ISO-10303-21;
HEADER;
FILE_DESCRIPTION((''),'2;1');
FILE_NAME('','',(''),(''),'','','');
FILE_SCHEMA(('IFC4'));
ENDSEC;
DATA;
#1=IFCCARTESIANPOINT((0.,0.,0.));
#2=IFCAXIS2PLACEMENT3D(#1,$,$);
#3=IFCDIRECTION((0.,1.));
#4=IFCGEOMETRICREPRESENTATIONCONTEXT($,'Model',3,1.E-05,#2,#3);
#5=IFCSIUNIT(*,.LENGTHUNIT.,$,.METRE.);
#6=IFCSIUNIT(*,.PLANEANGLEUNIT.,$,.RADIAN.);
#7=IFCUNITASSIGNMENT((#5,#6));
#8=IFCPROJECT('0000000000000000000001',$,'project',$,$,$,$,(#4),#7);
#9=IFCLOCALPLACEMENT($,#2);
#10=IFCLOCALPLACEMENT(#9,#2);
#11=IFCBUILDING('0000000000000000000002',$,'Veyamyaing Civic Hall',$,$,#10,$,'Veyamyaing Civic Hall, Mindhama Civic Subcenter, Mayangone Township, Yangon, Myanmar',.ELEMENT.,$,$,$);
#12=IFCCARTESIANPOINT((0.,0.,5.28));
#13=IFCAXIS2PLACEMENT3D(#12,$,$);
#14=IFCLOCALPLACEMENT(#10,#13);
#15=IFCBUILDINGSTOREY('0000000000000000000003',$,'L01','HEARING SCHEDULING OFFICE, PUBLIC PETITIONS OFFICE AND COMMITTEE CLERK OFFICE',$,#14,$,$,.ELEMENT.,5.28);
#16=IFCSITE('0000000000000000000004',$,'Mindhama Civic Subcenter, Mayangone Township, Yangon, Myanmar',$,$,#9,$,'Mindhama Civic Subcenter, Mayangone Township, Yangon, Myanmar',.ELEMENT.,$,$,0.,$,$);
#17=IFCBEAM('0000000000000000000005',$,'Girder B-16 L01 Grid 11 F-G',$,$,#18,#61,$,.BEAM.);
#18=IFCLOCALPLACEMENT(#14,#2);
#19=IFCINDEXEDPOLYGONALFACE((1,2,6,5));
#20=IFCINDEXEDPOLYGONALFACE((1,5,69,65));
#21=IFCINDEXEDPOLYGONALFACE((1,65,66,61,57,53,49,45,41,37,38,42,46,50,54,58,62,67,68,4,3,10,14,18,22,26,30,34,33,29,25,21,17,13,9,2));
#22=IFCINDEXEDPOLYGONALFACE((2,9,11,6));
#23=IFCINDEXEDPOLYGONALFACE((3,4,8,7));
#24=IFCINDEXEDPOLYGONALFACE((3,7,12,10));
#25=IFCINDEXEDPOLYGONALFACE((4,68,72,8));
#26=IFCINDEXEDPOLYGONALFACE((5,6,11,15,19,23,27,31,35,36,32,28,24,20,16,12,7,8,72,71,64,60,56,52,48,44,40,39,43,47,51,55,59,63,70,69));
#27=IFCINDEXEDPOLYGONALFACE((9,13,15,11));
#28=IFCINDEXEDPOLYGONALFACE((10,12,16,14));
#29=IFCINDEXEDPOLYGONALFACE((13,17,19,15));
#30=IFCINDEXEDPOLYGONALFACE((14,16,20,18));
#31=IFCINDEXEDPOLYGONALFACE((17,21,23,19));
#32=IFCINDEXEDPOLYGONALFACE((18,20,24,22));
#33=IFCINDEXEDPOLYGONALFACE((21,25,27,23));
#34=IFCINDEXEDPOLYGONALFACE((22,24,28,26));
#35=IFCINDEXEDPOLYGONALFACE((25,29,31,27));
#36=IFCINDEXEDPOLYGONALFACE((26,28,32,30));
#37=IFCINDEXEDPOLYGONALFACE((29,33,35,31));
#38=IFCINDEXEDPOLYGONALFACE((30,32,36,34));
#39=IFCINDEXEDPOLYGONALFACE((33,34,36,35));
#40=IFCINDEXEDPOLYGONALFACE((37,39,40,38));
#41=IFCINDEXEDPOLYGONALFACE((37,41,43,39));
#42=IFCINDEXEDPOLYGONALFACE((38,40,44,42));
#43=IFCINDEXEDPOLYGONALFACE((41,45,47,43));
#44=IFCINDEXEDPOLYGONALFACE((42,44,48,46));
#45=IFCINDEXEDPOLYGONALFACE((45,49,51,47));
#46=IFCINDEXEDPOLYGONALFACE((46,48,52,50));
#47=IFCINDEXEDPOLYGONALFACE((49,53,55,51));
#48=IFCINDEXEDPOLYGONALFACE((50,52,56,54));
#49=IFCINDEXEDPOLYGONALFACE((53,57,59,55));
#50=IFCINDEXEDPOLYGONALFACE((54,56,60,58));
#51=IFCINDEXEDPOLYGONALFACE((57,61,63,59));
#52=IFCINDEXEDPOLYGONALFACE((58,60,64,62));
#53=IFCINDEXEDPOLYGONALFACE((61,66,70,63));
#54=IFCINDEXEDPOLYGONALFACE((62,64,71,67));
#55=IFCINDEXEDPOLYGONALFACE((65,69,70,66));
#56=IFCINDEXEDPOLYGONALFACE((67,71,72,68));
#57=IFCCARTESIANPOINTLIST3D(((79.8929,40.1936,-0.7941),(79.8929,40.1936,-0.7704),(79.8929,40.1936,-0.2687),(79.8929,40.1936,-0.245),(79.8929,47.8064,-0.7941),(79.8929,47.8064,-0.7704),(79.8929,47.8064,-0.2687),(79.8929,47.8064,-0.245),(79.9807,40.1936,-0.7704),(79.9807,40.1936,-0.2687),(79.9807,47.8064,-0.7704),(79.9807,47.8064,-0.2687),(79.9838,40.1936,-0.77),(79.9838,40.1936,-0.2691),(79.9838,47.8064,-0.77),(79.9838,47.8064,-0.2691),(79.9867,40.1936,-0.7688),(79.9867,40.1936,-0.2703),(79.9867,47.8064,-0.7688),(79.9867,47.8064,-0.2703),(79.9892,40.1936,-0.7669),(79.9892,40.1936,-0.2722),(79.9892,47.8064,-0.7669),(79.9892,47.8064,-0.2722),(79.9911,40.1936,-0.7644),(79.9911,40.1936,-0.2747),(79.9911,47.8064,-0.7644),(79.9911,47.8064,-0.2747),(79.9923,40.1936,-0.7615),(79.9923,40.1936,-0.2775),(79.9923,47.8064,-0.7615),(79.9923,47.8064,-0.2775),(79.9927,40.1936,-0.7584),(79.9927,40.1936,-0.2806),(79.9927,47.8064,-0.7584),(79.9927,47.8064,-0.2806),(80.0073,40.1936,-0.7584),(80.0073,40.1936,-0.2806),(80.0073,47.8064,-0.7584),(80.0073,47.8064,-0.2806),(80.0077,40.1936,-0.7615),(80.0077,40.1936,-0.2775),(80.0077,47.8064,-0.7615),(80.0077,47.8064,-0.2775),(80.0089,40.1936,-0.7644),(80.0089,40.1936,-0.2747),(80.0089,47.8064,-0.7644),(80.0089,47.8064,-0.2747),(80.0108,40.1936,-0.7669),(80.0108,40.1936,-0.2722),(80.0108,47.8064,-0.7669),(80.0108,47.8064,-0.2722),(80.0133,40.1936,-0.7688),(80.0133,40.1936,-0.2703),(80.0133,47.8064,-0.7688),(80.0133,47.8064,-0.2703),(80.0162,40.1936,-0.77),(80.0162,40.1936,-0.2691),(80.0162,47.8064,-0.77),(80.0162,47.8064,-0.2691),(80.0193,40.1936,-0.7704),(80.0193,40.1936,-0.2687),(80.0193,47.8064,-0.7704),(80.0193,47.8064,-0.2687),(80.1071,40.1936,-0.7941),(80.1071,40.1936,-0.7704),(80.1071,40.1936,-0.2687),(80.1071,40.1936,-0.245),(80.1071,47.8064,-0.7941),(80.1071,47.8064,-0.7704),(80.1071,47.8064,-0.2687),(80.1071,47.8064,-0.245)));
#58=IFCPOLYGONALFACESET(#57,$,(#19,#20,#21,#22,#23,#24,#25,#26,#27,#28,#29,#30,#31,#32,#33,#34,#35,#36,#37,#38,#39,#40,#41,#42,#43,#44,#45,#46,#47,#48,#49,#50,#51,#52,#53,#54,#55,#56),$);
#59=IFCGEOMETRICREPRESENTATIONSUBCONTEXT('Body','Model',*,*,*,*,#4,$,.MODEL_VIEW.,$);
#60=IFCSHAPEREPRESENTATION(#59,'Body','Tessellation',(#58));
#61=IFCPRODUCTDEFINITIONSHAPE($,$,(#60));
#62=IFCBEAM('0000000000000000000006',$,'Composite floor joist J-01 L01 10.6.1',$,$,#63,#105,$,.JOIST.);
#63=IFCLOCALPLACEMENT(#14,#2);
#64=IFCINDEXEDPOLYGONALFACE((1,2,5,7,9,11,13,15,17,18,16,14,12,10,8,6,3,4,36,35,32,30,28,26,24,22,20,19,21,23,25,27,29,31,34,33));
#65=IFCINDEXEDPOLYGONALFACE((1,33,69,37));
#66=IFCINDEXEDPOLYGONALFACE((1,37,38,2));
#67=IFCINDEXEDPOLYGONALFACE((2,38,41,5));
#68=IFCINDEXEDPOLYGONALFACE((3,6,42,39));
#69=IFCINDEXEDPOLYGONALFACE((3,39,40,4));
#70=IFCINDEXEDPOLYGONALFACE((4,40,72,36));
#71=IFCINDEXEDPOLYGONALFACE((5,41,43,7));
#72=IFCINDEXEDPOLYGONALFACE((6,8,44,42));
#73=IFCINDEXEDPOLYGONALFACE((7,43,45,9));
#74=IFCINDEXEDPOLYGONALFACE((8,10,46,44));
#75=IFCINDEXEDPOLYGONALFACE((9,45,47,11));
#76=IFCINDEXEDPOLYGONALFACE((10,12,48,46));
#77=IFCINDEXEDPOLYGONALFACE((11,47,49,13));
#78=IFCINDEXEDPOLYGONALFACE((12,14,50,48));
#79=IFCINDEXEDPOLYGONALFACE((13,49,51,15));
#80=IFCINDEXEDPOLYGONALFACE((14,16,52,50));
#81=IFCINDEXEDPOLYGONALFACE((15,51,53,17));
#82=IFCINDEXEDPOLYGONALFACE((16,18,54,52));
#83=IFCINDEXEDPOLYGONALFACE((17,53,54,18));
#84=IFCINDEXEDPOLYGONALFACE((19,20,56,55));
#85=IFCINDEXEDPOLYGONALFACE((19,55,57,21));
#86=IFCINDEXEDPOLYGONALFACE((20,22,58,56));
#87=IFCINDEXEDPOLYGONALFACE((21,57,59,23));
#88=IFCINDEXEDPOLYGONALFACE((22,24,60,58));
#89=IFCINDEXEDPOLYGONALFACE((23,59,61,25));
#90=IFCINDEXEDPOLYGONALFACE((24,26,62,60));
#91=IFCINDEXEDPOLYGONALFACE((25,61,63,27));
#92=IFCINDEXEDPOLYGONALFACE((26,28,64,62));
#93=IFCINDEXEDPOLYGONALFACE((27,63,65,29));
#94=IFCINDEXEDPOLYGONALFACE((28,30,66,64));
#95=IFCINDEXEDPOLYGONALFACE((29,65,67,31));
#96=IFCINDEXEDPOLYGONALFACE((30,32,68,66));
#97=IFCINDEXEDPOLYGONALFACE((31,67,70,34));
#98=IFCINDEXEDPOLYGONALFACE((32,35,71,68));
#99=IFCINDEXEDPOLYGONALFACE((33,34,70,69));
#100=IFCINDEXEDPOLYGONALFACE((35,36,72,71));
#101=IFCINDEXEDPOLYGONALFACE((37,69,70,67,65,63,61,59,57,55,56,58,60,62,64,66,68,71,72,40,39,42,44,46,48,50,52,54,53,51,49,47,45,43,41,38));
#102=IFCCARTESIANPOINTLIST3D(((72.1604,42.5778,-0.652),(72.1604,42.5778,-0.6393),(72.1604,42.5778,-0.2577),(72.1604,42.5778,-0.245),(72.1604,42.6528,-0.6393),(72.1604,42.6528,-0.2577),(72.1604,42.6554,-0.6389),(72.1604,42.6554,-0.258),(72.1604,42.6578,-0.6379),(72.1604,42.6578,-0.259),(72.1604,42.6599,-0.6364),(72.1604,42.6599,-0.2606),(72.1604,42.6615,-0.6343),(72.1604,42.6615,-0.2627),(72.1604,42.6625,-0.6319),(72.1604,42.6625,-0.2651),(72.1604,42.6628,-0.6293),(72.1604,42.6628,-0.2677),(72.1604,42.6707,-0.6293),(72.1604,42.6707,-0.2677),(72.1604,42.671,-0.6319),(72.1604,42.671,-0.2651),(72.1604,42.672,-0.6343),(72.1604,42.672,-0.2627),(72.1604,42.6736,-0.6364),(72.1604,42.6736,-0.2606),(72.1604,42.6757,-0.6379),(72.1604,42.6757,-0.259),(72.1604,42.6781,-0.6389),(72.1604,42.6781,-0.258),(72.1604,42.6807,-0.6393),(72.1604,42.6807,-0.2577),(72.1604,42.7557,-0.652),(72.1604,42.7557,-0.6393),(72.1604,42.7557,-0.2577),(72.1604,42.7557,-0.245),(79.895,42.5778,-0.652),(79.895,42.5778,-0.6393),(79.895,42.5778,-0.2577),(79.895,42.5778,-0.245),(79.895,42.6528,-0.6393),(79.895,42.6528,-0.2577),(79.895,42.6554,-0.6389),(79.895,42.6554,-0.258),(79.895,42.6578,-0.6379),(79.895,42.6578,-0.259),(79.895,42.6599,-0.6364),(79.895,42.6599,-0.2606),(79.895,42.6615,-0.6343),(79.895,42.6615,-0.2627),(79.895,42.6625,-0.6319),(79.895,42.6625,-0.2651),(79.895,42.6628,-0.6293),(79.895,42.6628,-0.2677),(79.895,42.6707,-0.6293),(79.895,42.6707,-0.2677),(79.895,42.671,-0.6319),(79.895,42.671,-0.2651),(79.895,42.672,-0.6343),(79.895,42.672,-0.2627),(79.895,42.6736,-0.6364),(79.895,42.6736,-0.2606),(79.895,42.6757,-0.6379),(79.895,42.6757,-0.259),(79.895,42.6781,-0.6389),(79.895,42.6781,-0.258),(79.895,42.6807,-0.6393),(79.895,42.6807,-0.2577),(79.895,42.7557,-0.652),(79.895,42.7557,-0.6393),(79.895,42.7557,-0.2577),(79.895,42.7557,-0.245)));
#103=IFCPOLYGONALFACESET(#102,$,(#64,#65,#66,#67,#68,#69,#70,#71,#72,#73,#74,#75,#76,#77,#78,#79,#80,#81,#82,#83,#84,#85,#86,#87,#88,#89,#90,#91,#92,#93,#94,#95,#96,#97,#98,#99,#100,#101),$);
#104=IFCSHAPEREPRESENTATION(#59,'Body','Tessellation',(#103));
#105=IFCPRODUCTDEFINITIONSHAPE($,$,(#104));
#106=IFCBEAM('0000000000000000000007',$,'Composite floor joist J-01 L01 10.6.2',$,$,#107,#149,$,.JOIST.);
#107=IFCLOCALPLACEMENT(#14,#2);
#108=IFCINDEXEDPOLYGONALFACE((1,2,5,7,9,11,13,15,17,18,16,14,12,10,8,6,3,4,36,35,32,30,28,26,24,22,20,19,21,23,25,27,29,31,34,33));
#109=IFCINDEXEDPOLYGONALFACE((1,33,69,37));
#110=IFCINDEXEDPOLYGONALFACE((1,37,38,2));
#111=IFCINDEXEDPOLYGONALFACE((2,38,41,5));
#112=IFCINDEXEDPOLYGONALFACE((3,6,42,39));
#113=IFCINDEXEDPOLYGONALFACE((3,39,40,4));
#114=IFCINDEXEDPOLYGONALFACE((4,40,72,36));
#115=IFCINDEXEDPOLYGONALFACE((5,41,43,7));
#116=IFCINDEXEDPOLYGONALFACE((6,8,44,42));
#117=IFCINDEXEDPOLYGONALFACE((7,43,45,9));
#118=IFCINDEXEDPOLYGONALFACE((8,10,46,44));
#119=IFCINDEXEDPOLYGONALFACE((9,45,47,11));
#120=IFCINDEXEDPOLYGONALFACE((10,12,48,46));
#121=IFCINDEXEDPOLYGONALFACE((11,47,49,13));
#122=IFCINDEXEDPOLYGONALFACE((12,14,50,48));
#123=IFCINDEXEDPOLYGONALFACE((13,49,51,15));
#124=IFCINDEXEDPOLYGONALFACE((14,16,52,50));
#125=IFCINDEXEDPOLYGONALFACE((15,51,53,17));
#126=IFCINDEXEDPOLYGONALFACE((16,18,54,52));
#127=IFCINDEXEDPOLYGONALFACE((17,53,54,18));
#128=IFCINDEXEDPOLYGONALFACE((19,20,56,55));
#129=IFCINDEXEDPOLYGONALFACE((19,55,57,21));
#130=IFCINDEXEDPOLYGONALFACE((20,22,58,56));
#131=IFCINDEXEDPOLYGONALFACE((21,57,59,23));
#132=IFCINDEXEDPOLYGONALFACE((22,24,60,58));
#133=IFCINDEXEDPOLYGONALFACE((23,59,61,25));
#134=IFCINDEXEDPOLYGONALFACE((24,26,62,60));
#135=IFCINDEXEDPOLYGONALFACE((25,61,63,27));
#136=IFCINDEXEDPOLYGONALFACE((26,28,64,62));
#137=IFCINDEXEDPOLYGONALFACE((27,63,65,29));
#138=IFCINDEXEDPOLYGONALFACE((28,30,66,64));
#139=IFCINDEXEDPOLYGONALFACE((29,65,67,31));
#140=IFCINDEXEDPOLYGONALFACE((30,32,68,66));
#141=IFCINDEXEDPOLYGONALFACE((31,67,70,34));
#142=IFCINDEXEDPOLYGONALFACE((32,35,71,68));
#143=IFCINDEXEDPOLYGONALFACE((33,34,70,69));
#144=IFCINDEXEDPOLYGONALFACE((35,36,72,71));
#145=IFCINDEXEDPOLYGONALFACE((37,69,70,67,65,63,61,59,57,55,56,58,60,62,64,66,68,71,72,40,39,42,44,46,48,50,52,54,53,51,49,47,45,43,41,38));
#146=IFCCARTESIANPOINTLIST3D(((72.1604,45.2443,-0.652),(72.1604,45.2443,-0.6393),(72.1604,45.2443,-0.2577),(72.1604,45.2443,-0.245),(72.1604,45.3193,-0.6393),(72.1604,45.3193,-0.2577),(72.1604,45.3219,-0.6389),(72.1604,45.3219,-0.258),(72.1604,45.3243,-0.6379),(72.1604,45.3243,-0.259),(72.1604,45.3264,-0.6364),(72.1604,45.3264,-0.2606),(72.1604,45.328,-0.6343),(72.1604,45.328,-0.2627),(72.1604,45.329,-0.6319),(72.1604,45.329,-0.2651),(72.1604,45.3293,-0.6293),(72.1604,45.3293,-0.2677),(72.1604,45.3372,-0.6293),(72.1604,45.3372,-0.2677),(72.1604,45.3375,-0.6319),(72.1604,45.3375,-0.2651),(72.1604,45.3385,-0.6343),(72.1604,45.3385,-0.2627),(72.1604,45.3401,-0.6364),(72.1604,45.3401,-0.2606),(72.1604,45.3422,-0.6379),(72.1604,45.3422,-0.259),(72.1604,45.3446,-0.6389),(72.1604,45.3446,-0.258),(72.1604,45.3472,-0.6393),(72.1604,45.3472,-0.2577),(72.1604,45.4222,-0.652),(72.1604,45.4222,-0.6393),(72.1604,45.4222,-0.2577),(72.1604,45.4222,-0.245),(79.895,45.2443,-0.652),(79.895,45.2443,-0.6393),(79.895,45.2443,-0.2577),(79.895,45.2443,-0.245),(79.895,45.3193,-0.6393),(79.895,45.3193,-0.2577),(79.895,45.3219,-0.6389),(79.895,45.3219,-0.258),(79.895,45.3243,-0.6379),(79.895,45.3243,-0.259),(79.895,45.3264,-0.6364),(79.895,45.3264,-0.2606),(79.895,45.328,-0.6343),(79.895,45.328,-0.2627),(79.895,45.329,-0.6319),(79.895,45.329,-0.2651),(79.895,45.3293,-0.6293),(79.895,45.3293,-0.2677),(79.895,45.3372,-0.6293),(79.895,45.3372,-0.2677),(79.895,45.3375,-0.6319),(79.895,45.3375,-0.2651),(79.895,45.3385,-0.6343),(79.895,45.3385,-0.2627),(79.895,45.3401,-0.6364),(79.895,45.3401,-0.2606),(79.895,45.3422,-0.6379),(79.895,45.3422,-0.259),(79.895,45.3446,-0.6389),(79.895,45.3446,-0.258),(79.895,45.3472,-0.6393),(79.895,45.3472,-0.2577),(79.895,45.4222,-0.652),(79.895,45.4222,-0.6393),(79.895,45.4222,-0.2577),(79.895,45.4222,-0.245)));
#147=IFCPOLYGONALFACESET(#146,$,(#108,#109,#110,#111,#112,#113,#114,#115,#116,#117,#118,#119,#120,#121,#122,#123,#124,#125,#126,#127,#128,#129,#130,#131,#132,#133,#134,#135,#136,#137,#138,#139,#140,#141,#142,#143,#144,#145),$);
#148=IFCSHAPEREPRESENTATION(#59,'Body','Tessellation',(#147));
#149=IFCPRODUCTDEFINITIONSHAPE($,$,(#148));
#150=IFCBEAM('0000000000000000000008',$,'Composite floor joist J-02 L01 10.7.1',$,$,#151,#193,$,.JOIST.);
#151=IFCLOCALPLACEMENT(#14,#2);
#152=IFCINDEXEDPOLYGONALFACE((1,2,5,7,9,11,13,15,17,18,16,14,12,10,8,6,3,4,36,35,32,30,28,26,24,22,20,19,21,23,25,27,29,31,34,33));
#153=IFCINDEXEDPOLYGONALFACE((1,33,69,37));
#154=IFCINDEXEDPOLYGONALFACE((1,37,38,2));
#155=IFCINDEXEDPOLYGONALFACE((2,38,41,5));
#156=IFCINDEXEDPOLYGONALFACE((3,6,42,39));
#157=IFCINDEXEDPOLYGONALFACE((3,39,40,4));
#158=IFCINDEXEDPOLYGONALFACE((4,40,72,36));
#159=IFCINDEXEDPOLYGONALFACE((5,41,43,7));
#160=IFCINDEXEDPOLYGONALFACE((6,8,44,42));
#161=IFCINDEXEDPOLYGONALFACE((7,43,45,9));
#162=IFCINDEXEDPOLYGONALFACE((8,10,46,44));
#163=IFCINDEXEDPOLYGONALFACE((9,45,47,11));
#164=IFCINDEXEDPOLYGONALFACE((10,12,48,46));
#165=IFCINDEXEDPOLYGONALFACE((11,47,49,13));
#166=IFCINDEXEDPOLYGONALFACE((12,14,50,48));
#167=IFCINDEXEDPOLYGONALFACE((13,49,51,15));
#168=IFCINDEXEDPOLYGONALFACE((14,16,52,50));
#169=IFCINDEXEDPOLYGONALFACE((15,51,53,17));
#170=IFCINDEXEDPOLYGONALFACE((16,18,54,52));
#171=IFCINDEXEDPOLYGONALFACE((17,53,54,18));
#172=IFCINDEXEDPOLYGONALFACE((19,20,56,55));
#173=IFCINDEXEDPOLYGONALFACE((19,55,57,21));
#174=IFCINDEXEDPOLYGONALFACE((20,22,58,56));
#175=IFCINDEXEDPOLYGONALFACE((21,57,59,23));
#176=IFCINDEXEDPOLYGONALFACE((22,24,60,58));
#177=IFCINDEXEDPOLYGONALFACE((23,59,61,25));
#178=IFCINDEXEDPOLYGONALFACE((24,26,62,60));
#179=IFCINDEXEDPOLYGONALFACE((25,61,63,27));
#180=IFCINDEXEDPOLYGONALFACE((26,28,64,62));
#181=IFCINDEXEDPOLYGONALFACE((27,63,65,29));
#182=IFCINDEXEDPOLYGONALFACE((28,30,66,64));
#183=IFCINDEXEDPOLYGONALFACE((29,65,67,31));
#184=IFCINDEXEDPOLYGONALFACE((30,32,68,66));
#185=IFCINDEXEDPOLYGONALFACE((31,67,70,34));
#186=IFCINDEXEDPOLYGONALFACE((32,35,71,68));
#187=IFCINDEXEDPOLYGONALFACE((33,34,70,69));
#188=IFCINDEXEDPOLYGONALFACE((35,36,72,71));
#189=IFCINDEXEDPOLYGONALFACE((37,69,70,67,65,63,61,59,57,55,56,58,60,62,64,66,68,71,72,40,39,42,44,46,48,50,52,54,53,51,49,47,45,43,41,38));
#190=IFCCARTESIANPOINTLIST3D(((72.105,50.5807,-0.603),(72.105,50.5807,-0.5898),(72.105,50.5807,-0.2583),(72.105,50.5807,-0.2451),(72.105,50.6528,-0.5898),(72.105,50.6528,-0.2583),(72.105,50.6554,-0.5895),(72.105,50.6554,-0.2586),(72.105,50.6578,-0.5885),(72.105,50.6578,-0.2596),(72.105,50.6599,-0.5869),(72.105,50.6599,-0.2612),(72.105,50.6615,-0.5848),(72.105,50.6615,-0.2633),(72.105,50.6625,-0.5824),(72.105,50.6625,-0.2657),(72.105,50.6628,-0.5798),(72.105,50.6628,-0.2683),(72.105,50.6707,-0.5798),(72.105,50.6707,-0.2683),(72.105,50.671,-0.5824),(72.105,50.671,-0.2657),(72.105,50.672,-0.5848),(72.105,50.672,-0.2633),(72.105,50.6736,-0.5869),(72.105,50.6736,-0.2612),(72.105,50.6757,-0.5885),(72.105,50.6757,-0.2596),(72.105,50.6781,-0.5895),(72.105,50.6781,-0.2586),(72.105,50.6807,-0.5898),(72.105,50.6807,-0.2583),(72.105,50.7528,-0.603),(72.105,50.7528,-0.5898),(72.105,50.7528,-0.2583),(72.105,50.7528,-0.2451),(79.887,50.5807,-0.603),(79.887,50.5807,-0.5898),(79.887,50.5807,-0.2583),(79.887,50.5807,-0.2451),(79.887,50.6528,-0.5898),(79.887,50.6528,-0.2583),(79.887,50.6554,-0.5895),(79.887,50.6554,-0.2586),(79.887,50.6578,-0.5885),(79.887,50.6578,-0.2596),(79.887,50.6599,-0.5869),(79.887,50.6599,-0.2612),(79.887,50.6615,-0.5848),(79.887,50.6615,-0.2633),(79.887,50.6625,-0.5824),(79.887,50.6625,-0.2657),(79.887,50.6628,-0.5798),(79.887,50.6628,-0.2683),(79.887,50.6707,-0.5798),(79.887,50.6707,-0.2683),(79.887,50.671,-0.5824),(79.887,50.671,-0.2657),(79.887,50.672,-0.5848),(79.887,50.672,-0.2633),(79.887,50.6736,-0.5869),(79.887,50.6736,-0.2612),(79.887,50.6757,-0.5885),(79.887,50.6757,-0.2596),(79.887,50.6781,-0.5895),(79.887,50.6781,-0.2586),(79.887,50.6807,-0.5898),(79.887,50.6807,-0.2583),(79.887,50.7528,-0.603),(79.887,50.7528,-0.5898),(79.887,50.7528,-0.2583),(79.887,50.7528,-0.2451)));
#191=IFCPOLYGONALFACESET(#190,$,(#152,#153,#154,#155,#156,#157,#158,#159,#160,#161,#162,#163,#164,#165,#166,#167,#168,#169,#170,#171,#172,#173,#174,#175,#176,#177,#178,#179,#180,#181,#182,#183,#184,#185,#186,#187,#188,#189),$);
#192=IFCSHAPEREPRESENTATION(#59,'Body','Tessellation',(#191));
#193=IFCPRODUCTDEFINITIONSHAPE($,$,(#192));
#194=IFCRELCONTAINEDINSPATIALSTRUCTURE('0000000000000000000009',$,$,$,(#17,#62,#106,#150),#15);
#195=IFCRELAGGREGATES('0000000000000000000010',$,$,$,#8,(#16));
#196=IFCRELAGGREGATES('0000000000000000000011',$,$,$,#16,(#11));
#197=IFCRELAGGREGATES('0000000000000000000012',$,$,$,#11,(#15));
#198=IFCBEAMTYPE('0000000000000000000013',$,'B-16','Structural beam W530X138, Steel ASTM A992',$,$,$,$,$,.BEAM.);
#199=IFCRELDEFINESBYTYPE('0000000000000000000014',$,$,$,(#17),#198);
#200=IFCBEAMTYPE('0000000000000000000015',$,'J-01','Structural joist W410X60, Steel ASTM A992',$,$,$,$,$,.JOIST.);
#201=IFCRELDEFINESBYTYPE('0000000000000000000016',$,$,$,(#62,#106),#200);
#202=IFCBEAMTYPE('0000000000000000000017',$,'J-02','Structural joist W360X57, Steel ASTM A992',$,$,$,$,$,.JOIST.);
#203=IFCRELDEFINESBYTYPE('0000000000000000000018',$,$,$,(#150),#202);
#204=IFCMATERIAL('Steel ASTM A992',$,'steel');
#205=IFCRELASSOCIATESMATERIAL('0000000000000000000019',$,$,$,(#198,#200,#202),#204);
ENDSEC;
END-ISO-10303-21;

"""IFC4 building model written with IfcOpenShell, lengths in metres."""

from ifc_helpers import new_model, si_unit, direction, frame, origin, origin_2d, place, context, subcontext, project, spatial, i_section, extrude, material, material_profile, profile_set, type_object, element, save


model = new_model("IFC4")

# Units and contexts
model_context = context("Model", 3, precision=1e-05, world=origin(), true_north=direction((0.0, 1.0)))
body_context = subcontext(model_context, "Body", "Model", "MODEL_VIEW")
ifc_project = project(units=[si_unit("LENGTHUNIT", "METRE"), si_unit("PLANEANGLEUNIT", "RADIAN")], contexts=[model_context])

# Site, building, storey
site_placement = place(None, origin())
site = spatial("IfcSite", under=ifc_project, at=site_placement, Name="Mindhama Civic Subcenter, Mayangone Township, Yangon, Myanmar", LongName="Mindhama Civic Subcenter, Mayangone Township, Yangon, Myanmar", CompositionType="ELEMENT", RefElevation=0.0)
building_placement = place(site_placement, origin())
building = spatial("IfcBuilding", under=site, at=building_placement, Name="Veyamyaing Civic Hall", LongName="Veyamyaing Civic Hall, Mindhama Civic Subcenter, Mayangone Township, Yangon, Myanmar", CompositionType="ELEMENT")
storey_placement = place(building_placement, frame((0.0, 0.0, 5.28)))
storey = spatial("IfcBuildingStorey", under=building, at=storey_placement, Name="L01", Description="HEARING SCHEDULING OFFICE, PUBLIC PETITIONS OFFICE AND COMMITTEE CLERK OFFICE", CompositionType="ELEMENT", Elevation=5.28)

# Beams
ifc_material_1 = material(Name="Steel ASTM A992", Category="steel")
ifc_material_profile_1 = material_profile(ifc_material_1, i_section(OverallWidth=0.2141, OverallDepth=0.5491, WebThickness=0.0146, FlangeThickness=0.0237, FilletRadius=0.012, at=origin_2d()), Name="W530X138")
ifc_profile_set_1 = profile_set([ifc_material_profile_1], Name="Steel ASTM A992")
beam_type_1 = type_object("IfcBeamType", Name="B-16", Description="Structural beam W530X138, Steel ASTM A992", PredefinedType="BEAM", material=ifc_profile_set_1)
beam_1_placement = place(storey_placement, frame((80.0, 40.1936, -0.5195), z_axis=(0.0, 1.0, 0.0), x_axis=(-1.0, 0.0, 0.0)))
element("IfcBeam", 1, at=beam_1_placement, inside=storey, type_object=beam_type_1, Name="Girder B-16 L01 Grid 11 F-G", PredefinedType="BEAM", context=body_context, shape_type="SweptSolid", body=[
    extrude(i_section(OverallWidth=0.2141, OverallDepth=0.5491, WebThickness=0.0146, FlangeThickness=0.0237, FilletRadius=0.012, at=origin_2d()), origin(), (0.0, 0.0, 1.0), 7.6128),
])
ifc_material_profile_2 = material_profile(ifc_material_1, i_section(OverallWidth=0.178, OverallDepth=0.407, WebThickness=0.0078, FlangeThickness=0.0127, FilletRadius=0.01, at=origin_2d()), Name="W410X60")
ifc_profile_set_2 = profile_set([ifc_material_profile_2], Name="Steel ASTM A992")
beam_type_2 = type_object("IfcBeamType", Name="J-01", Description="Structural joist W410X60, Steel ASTM A992", PredefinedType="JOIST", material=ifc_profile_set_2)
for number, where, z_axis, x_axis, name in (
    (2, (72.1604, 42.6667, -0.4485), (1.0, 0.0, 0.0), (0.0, 1.0, 0.0), "Composite floor joist J-01 L01 10.6.1"),
    (3, (72.1604, 45.3333, -0.4485), (1.0, 0.0, 0.0), (0.0, 1.0, 0.0), "Composite floor joist J-01 L01 10.6.2"),
):
    element("IfcBeam", number, at=place(storey_placement, frame(where, z_axis=z_axis, x_axis=x_axis)), inside=storey, type_object=beam_type_2, Name=name, PredefinedType="JOIST", context=body_context, shape_type="SweptSolid", body=[
        extrude(i_section(OverallWidth=0.178, OverallDepth=0.407, WebThickness=0.0078, FlangeThickness=0.0127, FilletRadius=0.01, at=origin_2d()), origin(), (0.0, 0.0, 1.0), 7.7346),
    ])
ifc_material_profile_3 = material_profile(ifc_material_1, i_section(OverallWidth=0.1721, OverallDepth=0.3579, WebThickness=0.0078, FlangeThickness=0.0132, FilletRadius=0.01, at=origin_2d()), Name="W360X57")
ifc_profile_set_3 = profile_set([ifc_material_profile_3], Name="Steel ASTM A992")
beam_type_3 = type_object("IfcBeamType", Name="J-02", Description="Structural joist W360X57, Steel ASTM A992", PredefinedType="JOIST", material=ifc_profile_set_3)
beam_2_placement = place(storey_placement, frame((72.105, 50.6667, -0.4241), z_axis=(1.0, 0.0, 0.0), x_axis=(0.0, 1.0, 0.0)))
element("IfcBeam", 4, at=beam_2_placement, inside=storey, type_object=beam_type_3, Name="Composite floor joist J-02 L01 10.7.1", PredefinedType="JOIST", context=body_context, shape_type="SweptSolid", body=[
    extrude(i_section(OverallWidth=0.1721, OverallDepth=0.3579, WebThickness=0.0078, FlangeThickness=0.0132, FilletRadius=0.01, at=origin_2d()), origin(), (0.0, 0.0, 1.0), 7.782),
])

save(model, "model.ifc")
